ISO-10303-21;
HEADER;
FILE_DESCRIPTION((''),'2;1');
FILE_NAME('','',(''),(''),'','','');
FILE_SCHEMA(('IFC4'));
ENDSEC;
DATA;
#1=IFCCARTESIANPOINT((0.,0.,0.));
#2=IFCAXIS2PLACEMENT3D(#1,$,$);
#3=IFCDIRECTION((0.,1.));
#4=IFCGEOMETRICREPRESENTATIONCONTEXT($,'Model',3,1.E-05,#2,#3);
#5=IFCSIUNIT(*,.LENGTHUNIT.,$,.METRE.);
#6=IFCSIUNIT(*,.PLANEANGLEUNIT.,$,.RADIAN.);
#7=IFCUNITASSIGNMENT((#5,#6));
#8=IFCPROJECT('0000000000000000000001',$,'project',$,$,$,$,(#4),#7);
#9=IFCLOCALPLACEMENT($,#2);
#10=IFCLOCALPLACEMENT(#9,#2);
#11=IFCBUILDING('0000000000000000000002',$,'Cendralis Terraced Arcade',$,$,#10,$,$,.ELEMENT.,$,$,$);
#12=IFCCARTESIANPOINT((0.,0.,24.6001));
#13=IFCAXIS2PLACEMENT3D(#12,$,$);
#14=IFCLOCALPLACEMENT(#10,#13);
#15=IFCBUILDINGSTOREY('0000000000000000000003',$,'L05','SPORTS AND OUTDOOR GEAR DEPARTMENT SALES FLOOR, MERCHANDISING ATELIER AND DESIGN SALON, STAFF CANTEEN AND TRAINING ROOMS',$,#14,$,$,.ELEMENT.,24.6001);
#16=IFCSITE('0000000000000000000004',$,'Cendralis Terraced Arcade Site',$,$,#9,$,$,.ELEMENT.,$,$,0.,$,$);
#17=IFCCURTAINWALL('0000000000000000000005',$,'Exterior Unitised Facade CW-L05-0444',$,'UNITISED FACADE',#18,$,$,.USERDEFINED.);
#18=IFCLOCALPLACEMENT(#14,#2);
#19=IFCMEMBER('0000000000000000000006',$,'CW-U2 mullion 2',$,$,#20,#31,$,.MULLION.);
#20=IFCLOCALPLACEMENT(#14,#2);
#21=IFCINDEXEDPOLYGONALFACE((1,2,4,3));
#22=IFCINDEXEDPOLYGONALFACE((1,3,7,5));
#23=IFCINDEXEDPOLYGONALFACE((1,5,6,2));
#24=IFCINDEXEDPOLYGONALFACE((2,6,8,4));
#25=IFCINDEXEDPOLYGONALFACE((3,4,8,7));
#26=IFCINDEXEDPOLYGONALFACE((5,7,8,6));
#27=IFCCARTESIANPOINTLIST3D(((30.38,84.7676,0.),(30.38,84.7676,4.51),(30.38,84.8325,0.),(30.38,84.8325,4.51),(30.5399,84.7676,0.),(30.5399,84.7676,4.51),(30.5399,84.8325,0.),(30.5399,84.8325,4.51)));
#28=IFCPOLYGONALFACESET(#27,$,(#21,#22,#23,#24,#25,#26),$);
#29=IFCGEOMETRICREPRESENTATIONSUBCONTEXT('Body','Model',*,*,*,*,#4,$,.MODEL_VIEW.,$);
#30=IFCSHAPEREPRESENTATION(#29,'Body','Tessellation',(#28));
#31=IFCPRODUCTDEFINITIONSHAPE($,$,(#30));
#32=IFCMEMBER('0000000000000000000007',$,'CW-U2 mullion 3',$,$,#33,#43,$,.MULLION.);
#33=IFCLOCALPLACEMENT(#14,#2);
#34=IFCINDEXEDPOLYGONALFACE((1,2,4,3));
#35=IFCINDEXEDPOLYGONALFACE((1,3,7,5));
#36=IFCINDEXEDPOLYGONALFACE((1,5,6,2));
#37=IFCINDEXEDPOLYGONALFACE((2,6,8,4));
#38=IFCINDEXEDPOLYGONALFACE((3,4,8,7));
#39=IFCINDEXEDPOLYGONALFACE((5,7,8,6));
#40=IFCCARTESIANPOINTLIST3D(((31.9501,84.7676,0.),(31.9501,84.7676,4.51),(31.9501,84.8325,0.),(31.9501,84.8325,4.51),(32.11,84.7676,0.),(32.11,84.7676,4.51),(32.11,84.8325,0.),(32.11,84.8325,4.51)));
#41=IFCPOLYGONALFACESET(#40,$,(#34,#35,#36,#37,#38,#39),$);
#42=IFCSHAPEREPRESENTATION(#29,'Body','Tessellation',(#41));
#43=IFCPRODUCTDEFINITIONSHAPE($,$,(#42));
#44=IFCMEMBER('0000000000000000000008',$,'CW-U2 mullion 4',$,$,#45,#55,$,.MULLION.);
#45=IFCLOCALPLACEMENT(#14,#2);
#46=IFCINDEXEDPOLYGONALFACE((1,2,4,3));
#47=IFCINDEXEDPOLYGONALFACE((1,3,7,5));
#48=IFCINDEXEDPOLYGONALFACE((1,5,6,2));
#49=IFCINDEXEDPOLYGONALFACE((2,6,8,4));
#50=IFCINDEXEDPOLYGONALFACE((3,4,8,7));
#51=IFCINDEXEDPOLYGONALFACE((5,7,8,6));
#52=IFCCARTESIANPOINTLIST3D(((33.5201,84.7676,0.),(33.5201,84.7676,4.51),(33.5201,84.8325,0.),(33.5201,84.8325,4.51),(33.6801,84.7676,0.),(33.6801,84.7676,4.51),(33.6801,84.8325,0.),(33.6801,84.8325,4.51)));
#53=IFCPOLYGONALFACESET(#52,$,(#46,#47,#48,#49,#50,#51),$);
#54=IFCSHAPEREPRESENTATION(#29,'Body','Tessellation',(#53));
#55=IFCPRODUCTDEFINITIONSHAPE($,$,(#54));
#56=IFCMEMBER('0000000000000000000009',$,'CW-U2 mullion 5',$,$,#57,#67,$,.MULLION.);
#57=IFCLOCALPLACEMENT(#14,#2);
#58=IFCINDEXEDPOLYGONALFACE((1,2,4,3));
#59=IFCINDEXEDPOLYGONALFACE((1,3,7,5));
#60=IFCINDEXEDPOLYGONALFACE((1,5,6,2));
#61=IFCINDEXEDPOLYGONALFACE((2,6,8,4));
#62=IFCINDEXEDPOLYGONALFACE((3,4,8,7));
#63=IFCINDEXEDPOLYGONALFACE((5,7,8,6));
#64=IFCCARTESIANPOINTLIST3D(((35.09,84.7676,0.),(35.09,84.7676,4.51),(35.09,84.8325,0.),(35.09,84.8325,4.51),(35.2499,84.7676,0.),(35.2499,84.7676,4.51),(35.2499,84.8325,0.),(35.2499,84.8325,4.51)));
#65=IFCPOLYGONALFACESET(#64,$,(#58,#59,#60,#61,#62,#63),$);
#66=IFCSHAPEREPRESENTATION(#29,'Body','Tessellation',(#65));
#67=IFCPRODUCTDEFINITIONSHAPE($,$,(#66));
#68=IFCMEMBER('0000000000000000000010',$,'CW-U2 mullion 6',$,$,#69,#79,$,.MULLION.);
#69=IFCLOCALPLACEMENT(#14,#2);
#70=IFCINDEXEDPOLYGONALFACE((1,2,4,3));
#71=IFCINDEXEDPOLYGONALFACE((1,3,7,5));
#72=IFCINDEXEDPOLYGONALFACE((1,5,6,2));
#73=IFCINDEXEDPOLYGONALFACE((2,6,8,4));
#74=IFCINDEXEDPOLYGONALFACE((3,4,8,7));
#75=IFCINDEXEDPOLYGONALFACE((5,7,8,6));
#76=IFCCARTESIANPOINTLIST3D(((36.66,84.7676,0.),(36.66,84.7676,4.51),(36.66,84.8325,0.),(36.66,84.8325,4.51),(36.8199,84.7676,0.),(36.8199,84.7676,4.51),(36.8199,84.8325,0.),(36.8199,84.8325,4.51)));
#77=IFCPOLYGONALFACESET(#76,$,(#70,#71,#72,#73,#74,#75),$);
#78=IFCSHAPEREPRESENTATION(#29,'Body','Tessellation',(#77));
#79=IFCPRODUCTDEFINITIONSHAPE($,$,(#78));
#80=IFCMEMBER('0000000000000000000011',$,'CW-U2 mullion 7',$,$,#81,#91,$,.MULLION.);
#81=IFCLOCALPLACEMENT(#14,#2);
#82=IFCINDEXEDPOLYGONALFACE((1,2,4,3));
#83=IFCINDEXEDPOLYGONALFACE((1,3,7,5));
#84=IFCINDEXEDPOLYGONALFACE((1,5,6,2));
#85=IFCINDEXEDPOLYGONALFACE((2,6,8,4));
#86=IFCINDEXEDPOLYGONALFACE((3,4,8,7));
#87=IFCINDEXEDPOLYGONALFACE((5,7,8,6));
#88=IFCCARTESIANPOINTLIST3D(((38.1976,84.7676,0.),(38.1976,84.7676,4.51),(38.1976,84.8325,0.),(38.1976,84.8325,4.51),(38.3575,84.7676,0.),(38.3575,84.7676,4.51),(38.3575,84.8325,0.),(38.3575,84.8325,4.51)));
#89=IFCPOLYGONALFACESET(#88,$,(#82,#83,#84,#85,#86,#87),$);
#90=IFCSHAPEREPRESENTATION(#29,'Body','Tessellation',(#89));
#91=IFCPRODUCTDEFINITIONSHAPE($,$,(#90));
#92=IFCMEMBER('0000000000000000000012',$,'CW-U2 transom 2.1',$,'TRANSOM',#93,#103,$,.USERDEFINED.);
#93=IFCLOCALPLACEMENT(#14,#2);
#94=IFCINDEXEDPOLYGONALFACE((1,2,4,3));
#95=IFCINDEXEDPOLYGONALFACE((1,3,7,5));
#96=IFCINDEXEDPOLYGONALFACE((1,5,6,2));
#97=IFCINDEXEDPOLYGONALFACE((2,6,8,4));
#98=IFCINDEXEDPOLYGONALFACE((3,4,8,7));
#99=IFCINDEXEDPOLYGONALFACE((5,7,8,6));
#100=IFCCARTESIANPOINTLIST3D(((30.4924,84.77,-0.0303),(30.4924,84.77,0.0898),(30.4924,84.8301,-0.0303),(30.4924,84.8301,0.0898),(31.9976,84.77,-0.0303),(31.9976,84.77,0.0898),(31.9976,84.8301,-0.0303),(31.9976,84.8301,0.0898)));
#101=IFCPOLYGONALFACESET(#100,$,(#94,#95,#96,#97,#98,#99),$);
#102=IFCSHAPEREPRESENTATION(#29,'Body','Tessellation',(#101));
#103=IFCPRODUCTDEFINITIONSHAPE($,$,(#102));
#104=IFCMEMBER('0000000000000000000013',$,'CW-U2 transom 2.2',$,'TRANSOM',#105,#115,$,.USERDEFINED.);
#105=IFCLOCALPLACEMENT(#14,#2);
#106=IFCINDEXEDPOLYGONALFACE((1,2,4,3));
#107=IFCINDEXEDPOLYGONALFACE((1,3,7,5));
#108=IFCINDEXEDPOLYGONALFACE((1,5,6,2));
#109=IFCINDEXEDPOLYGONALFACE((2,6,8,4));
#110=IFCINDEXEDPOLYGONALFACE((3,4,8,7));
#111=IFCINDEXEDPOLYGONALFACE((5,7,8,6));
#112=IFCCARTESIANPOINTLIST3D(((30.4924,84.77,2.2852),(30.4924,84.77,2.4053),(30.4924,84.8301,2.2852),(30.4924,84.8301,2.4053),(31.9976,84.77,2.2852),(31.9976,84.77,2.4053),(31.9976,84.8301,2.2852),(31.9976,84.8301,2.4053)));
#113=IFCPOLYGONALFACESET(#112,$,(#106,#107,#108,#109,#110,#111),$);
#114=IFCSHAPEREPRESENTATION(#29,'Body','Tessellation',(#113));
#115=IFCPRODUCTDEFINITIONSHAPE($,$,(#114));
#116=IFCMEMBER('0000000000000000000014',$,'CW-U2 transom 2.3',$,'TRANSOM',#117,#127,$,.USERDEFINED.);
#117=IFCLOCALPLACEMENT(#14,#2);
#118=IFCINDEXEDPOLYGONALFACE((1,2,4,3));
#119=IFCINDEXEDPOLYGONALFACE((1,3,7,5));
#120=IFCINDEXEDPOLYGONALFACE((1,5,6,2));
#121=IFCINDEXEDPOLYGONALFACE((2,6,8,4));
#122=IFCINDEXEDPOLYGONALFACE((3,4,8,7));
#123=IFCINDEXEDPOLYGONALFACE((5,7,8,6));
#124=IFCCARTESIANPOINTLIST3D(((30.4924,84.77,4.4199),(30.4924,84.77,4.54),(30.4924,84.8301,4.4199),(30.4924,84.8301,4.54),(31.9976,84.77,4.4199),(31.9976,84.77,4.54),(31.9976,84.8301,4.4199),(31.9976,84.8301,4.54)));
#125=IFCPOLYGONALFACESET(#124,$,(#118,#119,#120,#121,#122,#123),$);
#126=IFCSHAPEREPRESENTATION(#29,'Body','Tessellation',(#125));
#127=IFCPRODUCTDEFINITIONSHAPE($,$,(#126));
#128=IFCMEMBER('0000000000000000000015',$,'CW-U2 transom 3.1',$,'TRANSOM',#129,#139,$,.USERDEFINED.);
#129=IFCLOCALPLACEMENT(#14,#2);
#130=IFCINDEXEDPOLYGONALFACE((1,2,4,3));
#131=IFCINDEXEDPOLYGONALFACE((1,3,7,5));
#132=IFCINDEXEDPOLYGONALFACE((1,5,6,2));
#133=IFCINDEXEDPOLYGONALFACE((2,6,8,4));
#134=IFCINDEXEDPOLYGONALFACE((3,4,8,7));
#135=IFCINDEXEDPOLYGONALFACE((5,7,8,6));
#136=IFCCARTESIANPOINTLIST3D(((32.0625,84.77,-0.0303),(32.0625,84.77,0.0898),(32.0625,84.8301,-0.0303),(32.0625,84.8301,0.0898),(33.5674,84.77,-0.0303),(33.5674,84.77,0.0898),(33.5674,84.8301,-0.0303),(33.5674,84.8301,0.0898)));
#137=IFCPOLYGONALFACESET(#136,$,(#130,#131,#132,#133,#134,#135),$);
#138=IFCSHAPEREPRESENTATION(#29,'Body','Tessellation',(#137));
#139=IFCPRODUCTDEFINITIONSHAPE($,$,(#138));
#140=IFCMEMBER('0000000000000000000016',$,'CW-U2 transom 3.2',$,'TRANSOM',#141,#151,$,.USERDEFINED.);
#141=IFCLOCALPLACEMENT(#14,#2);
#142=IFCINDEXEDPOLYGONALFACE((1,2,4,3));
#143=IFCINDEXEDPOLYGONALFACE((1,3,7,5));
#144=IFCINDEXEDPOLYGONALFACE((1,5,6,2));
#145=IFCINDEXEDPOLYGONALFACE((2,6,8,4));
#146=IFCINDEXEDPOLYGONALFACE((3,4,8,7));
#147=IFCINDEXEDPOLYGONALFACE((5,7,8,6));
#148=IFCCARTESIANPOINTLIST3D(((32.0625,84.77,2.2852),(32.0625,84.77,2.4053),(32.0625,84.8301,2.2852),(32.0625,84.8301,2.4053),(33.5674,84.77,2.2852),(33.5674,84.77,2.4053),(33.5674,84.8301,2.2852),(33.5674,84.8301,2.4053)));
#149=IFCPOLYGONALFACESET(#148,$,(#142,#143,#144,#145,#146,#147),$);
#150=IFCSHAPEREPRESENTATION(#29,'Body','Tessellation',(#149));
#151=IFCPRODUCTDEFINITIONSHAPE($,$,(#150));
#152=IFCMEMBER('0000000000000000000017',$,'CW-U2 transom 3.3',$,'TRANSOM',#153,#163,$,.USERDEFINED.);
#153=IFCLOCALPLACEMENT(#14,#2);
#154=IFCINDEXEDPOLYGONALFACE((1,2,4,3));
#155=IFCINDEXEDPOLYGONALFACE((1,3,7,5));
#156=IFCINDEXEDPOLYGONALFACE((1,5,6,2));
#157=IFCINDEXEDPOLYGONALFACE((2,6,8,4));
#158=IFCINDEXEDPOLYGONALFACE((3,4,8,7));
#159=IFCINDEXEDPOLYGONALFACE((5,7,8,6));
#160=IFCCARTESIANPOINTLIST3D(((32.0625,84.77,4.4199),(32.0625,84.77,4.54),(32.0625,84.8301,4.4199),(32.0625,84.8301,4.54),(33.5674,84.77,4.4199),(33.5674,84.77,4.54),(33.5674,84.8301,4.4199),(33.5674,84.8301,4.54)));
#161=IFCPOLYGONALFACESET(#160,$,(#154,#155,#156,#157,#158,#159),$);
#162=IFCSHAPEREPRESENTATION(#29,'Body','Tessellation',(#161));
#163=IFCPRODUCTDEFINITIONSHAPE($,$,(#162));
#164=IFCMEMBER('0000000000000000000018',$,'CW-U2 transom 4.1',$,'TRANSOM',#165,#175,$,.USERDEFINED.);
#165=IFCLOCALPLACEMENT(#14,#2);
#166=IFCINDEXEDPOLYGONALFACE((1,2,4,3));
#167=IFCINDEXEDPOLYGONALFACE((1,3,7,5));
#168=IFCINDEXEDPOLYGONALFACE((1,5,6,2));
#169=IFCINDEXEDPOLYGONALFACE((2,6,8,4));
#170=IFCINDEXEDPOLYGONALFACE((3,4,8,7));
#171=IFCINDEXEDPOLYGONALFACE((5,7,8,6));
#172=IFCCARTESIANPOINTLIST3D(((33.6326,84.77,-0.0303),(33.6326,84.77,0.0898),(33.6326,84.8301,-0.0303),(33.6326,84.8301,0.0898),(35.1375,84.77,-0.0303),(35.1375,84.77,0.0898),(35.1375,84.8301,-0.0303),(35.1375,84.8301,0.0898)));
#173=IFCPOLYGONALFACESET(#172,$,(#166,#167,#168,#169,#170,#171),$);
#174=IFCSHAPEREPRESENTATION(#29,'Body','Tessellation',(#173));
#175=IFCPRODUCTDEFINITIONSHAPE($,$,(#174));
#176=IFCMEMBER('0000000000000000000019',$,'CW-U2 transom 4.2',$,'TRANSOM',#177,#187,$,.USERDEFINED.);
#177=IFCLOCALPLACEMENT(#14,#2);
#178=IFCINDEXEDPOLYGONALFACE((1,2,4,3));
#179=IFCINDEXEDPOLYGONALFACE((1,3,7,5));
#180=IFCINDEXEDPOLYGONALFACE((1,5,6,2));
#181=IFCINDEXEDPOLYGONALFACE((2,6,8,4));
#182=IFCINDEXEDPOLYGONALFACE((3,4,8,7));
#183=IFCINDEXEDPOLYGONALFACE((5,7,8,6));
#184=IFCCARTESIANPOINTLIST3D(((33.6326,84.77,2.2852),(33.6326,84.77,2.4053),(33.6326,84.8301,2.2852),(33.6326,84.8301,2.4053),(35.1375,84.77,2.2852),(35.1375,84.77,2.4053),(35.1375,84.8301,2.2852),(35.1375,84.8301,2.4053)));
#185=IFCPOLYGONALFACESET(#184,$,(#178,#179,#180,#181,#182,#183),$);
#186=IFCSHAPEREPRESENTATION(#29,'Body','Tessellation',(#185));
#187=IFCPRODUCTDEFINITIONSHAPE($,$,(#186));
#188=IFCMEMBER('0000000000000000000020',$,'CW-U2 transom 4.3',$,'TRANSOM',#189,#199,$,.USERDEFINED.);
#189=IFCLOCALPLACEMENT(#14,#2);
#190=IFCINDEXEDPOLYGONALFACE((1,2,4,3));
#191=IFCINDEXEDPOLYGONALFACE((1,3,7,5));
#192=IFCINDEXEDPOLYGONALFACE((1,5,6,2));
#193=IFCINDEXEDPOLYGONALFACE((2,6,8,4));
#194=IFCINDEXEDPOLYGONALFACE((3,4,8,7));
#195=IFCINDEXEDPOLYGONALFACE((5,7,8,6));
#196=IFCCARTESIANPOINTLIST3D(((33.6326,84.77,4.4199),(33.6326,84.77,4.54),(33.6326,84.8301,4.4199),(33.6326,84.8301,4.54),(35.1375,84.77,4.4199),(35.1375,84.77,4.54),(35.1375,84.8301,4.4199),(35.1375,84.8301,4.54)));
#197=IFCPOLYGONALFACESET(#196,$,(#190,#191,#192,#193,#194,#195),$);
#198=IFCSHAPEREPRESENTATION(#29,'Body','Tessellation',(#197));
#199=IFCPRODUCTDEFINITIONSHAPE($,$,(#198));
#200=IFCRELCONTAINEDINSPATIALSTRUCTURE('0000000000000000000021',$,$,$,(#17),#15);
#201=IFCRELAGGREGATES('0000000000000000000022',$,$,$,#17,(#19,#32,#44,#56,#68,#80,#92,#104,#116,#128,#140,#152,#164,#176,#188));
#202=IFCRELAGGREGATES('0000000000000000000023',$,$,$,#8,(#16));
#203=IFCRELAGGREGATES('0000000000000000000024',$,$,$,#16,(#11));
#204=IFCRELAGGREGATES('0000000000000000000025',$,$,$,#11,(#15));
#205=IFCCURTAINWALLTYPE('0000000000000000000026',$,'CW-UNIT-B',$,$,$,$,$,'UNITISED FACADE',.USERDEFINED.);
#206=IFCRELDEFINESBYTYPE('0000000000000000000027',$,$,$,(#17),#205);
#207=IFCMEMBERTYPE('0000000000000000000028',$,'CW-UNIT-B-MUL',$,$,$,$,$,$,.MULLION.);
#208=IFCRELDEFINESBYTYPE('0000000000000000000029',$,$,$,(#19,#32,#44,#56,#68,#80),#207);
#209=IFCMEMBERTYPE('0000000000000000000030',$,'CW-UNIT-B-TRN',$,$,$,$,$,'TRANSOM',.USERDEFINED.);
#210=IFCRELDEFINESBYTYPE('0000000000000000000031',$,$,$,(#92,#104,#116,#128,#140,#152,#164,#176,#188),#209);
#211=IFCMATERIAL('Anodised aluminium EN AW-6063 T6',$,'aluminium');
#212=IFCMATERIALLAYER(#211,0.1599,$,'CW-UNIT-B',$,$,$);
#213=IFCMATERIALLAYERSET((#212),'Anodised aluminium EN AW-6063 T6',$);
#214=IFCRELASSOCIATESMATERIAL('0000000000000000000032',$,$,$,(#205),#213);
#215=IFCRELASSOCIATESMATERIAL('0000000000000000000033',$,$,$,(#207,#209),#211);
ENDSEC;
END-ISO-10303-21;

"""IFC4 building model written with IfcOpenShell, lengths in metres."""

from ifc_helpers import new_model, si_unit, direction, frame, origin, origin_2d, place, context, subcontext, project, spatial, rectangle, extrude, material, layer, layer_set, material_profile, profile_set, type_object, element, aggregate, save


model = new_model("IFC4")

# Units and contexts
model_context = context("Model", 3, precision=1e-05, world=origin(), true_north=direction((0.0, 1.0)))
body_context = subcontext(model_context, "Body", "Model", "MODEL_VIEW")
ifc_project = project(units=[si_unit("LENGTHUNIT", "METRE"), si_unit("PLANEANGLEUNIT", "RADIAN")], contexts=[model_context])

# Site, building, storey
site_placement = place(None, origin())
site = spatial("IfcSite", under=ifc_project, at=site_placement, Name="Cendralis Terraced Arcade Site", CompositionType="ELEMENT", RefElevation=0.0)
building_placement = place(site_placement, origin())
building = spatial("IfcBuilding", under=site, at=building_placement, Name="Cendralis Terraced Arcade", CompositionType="ELEMENT")
storey_placement = place(building_placement, frame((0.0, 0.0, 24.6001)))
storey = spatial("IfcBuildingStorey", under=building, at=storey_placement, Name="L05", Description="SPORTS AND OUTDOOR GEAR DEPARTMENT SALES FLOOR, MERCHANDISING ATELIER AND DESIGN SALON, STAFF CANTEEN AND TRAINING ROOMS", CompositionType="ELEMENT", Elevation=24.6001)

# Curtain wall, members
ifc_material_1 = material(Name="Anodised aluminium EN AW-6063 T6", Category="aluminium")
ifc_layer_1 = layer(ifc_material_1, 0.1599, Name="CW-UNIT-B")
ifc_layer_set_1 = layer_set([ifc_layer_1], Name="Anodised aluminium EN AW-6063 T6")
curtain_wall_type = type_object("IfcCurtainWallType", Name="CW-UNIT-B", ElementType="UNITISED FACADE", PredefinedType="USERDEFINED", material=ifc_layer_set_1)
curtain_wall_placement = place(storey_placement, origin())
curtain_wall = element("IfcCurtainWall", 1, at=curtain_wall_placement, inside=storey, type_object=curtain_wall_type, Name="Exterior Unitised Facade CW-L05-0444", ObjectType="UNITISED FACADE", PredefinedType="USERDEFINED")
ifc_material_profile_1 = material_profile(ifc_material_1, rectangle(XDim=0.0649, YDim=0.1599, at=origin_2d()), Name="ALU-MUL-65x160")
ifc_profile_set_1 = profile_set([ifc_material_profile_1], Name="Anodised aluminium EN AW-6063 T6")
member_type_1 = type_object("IfcMemberType", Name="CW-UNIT-B-MUL", PredefinedType="MULLION", material=ifc_profile_set_1)
member_1_placement = place(storey_placement, frame((30.46, 84.8, 0.0), z_axis=(0.0, 0.0, 1.0), x_axis=(0.0, 1.0, 0.0)))
member_1 = element("IfcMember", 2, at=member_1_placement, type_object=member_type_1, Name="CW-U2 mullion 2", PredefinedType="MULLION", context=body_context, shape_type="SweptSolid", body=[
    extrude(rectangle(XDim=0.0649, YDim=0.1599, at=origin_2d()), origin(), (0.0, 0.0, 1.0), 4.51),
])
member_2_placement = place(storey_placement, frame((32.03, 84.8, 0.0), z_axis=(0.0, 0.0, 1.0), x_axis=(0.0, 1.0, 0.0)))
member_2 = element("IfcMember", 3, at=member_2_placement, type_object=member_type_1, Name="CW-U2 mullion 3", PredefinedType="MULLION", context=body_context, shape_type="SweptSolid", body=[
    extrude(rectangle(XDim=0.0649, YDim=0.1599, at=origin_2d()), origin(), (0.0, 0.0, 1.0), 4.51),
])
member_3_placement = place(storey_placement, frame((33.6001, 84.8, 0.0), z_axis=(0.0, 0.0, 1.0), x_axis=(0.0, 1.0, 0.0)))
member_3 = element("IfcMember", 4, at=member_3_placement, type_object=member_type_1, Name="CW-U2 mullion 4", PredefinedType="MULLION", context=body_context, shape_type="SweptSolid", body=[
    extrude(rectangle(XDim=0.0649, YDim=0.1599, at=origin_2d()), origin(), (0.0, 0.0, 1.0), 4.51),
])
member_4_placement = place(storey_placement, frame((35.1699, 84.8, 0.0), z_axis=(0.0, 0.0, 1.0), x_axis=(0.0, 1.0, 0.0)))
member_4 = element("IfcMember", 5, at=member_4_placement, type_object=member_type_1, Name="CW-U2 mullion 5", PredefinedType="MULLION", context=body_context, shape_type="SweptSolid", body=[
    extrude(rectangle(XDim=0.0649, YDim=0.1599, at=origin_2d()), origin(), (0.0, 0.0, 1.0), 4.51),
])
member_5_placement = place(storey_placement, frame((36.74, 84.8, 0.0), z_axis=(0.0, 0.0, 1.0), x_axis=(0.0, 1.0, 0.0)))
member_5 = element("IfcMember", 6, at=member_5_placement, type_object=member_type_1, Name="CW-U2 mullion 6", PredefinedType="MULLION", context=body_context, shape_type="SweptSolid", body=[
    extrude(rectangle(XDim=0.0649, YDim=0.1599, at=origin_2d()), origin(), (0.0, 0.0, 1.0), 4.51),
])
member_6_placement = place(storey_placement, frame((38.2776, 84.8, 0.0), z_axis=(0.0, 0.0, 1.0), x_axis=(0.0, 1.0, 0.0)))
member_6 = element("IfcMember", 7, at=member_6_placement, type_object=member_type_1, Name="CW-U2 mullion 7", PredefinedType="MULLION", context=body_context, shape_type="SweptSolid", body=[
    extrude(rectangle(XDim=0.0649, YDim=0.1599, at=origin_2d()), origin(), (0.0, 0.0, 1.0), 4.51),
])
ifc_material_profile_2 = material_profile(ifc_material_1, rectangle(XDim=0.0601, YDim=0.1201, at=origin_2d()), Name="ALU-TRN-60x120")
ifc_profile_set_2 = profile_set([ifc_material_profile_2], Name="Anodised aluminium EN AW-6063 T6")
member_type_2 = type_object("IfcMemberType", Name="CW-UNIT-B-TRN", ElementType="TRANSOM", PredefinedType="USERDEFINED", material=ifc_profile_set_2)
member_7_placement = place(storey_placement, frame((30.4924, 84.8, 0.0298), z_axis=(1.0, 0.0, 0.0), x_axis=(0.0, 1.0, 0.0)))
member_7 = element("IfcMember", 8, at=member_7_placement, type_object=member_type_2, Name="CW-U2 transom 2.1", ObjectType="TRANSOM", PredefinedType="USERDEFINED", context=body_context, shape_type="SweptSolid", body=[
    extrude(rectangle(XDim=0.0601, YDim=0.1201, at=origin_2d()), origin(), (0.0, 0.0, 1.0), 1.5051),
])
member_8_placement = place(storey_placement, frame((30.4924, 84.8, 2.3452), z_axis=(1.0, 0.0, 0.0), x_axis=(0.0, 1.0, 0.0)))
member_8 = element("IfcMember", 9, at=member_8_placement, type_object=member_type_2, Name="CW-U2 transom 2.2", ObjectType="TRANSOM", PredefinedType="USERDEFINED", context=body_context, shape_type="SweptSolid", body=[
    extrude(rectangle(XDim=0.0601, YDim=0.1201, at=origin_2d()), origin(), (0.0, 0.0, 1.0), 1.5051),
])
member_9_placement = place(storey_placement, frame((30.4924, 84.8, 4.48), z_axis=(1.0, 0.0, 0.0), x_axis=(0.0, 1.0, 0.0)))
member_9 = element("IfcMember", 10, at=member_9_placement, type_object=member_type_2, Name="CW-U2 transom 2.3", ObjectType="TRANSOM", PredefinedType="USERDEFINED", context=body_context, shape_type="SweptSolid", body=[
    extrude(rectangle(XDim=0.0601, YDim=0.1201, at=origin_2d()), origin(), (0.0, 0.0, 1.0), 1.5051),
])
member_10_placement = place(storey_placement, frame((32.0625, 84.8, 0.0298), z_axis=(1.0, 0.0, 0.0), x_axis=(0.0, 1.0, 0.0)))
member_10 = element("IfcMember", 11, at=member_10_placement, type_object=member_type_2, Name="CW-U2 transom 3.1", ObjectType="TRANSOM", PredefinedType="USERDEFINED", context=body_context, shape_type="SweptSolid", body=[
    extrude(rectangle(XDim=0.0601, YDim=0.1201, at=origin_2d()), origin(), (0.0, 0.0, 1.0), 1.5049),
])
member_11_placement = place(storey_placement, frame((32.0625, 84.8, 2.3452), z_axis=(1.0, 0.0, 0.0), x_axis=(0.0, 1.0, 0.0)))
member_11 = element("IfcMember", 12, at=member_11_placement, type_object=member_type_2, Name="CW-U2 transom 3.2", ObjectType="TRANSOM", PredefinedType="USERDEFINED", context=body_context, shape_type="SweptSolid", body=[
    extrude(rectangle(XDim=0.0601, YDim=0.1201, at=origin_2d()), origin(), (0.0, 0.0, 1.0), 1.5049),
])
member_12_placement = place(storey_placement, frame((32.0625, 84.8, 4.48), z_axis=(1.0, 0.0, 0.0), x_axis=(0.0, 1.0, 0.0)))
member_12 = element("IfcMember", 13, at=member_12_placement, type_object=member_type_2, Name="CW-U2 transom 3.3", ObjectType="TRANSOM", PredefinedType="USERDEFINED", context=body_context, shape_type="SweptSolid", body=[
    extrude(rectangle(XDim=0.0601, YDim=0.1201, at=origin_2d()), origin(), (0.0, 0.0, 1.0), 1.5049),
])
member_13_placement = place(storey_placement, frame((33.6326, 84.8, 0.0298), z_axis=(1.0, 0.0, 0.0), x_axis=(0.0, 1.0, 0.0)))
member_13 = element("IfcMember", 14, at=member_13_placement, type_object=member_type_2, Name="CW-U2 transom 4.1", ObjectType="TRANSOM", PredefinedType="USERDEFINED", context=body_context, shape_type="SweptSolid", body=[
    extrude(rectangle(XDim=0.0601, YDim=0.1201, at=origin_2d()), origin(), (0.0, 0.0, 1.0), 1.5049),
])
member_14_placement = place(storey_placement, frame((33.6326, 84.8, 2.3452), z_axis=(1.0, 0.0, 0.0), x_axis=(0.0, 1.0, 0.0)))
member_14 = element("IfcMember", 15, at=member_14_placement, type_object=member_type_2, Name="CW-U2 transom 4.2", ObjectType="TRANSOM", PredefinedType="USERDEFINED", context=body_context, shape_type="SweptSolid", body=[
    extrude(rectangle(XDim=0.0601, YDim=0.1201, at=origin_2d()), origin(), (0.0, 0.0, 1.0), 1.5049),
])
member_15_placement = place(storey_placement, frame((33.6326, 84.8, 4.48), z_axis=(1.0, 0.0, 0.0), x_axis=(0.0, 1.0, 0.0)))
member_15 = element("IfcMember", 16, at=member_15_placement, type_object=member_type_2, Name="CW-U2 transom 4.3", ObjectType="TRANSOM", PredefinedType="USERDEFINED", context=body_context, shape_type="SweptSolid", body=[
    extrude(rectangle(XDim=0.0601, YDim=0.1201, at=origin_2d()), origin(), (0.0, 0.0, 1.0), 1.5049),
])
aggregate(curtain_wall, [member_1, member_2, member_3, member_4, member_5, member_6, member_7, member_8, member_9, member_10, member_11, member_12, member_13, member_14, member_15])

save(model, "model.ifc")
